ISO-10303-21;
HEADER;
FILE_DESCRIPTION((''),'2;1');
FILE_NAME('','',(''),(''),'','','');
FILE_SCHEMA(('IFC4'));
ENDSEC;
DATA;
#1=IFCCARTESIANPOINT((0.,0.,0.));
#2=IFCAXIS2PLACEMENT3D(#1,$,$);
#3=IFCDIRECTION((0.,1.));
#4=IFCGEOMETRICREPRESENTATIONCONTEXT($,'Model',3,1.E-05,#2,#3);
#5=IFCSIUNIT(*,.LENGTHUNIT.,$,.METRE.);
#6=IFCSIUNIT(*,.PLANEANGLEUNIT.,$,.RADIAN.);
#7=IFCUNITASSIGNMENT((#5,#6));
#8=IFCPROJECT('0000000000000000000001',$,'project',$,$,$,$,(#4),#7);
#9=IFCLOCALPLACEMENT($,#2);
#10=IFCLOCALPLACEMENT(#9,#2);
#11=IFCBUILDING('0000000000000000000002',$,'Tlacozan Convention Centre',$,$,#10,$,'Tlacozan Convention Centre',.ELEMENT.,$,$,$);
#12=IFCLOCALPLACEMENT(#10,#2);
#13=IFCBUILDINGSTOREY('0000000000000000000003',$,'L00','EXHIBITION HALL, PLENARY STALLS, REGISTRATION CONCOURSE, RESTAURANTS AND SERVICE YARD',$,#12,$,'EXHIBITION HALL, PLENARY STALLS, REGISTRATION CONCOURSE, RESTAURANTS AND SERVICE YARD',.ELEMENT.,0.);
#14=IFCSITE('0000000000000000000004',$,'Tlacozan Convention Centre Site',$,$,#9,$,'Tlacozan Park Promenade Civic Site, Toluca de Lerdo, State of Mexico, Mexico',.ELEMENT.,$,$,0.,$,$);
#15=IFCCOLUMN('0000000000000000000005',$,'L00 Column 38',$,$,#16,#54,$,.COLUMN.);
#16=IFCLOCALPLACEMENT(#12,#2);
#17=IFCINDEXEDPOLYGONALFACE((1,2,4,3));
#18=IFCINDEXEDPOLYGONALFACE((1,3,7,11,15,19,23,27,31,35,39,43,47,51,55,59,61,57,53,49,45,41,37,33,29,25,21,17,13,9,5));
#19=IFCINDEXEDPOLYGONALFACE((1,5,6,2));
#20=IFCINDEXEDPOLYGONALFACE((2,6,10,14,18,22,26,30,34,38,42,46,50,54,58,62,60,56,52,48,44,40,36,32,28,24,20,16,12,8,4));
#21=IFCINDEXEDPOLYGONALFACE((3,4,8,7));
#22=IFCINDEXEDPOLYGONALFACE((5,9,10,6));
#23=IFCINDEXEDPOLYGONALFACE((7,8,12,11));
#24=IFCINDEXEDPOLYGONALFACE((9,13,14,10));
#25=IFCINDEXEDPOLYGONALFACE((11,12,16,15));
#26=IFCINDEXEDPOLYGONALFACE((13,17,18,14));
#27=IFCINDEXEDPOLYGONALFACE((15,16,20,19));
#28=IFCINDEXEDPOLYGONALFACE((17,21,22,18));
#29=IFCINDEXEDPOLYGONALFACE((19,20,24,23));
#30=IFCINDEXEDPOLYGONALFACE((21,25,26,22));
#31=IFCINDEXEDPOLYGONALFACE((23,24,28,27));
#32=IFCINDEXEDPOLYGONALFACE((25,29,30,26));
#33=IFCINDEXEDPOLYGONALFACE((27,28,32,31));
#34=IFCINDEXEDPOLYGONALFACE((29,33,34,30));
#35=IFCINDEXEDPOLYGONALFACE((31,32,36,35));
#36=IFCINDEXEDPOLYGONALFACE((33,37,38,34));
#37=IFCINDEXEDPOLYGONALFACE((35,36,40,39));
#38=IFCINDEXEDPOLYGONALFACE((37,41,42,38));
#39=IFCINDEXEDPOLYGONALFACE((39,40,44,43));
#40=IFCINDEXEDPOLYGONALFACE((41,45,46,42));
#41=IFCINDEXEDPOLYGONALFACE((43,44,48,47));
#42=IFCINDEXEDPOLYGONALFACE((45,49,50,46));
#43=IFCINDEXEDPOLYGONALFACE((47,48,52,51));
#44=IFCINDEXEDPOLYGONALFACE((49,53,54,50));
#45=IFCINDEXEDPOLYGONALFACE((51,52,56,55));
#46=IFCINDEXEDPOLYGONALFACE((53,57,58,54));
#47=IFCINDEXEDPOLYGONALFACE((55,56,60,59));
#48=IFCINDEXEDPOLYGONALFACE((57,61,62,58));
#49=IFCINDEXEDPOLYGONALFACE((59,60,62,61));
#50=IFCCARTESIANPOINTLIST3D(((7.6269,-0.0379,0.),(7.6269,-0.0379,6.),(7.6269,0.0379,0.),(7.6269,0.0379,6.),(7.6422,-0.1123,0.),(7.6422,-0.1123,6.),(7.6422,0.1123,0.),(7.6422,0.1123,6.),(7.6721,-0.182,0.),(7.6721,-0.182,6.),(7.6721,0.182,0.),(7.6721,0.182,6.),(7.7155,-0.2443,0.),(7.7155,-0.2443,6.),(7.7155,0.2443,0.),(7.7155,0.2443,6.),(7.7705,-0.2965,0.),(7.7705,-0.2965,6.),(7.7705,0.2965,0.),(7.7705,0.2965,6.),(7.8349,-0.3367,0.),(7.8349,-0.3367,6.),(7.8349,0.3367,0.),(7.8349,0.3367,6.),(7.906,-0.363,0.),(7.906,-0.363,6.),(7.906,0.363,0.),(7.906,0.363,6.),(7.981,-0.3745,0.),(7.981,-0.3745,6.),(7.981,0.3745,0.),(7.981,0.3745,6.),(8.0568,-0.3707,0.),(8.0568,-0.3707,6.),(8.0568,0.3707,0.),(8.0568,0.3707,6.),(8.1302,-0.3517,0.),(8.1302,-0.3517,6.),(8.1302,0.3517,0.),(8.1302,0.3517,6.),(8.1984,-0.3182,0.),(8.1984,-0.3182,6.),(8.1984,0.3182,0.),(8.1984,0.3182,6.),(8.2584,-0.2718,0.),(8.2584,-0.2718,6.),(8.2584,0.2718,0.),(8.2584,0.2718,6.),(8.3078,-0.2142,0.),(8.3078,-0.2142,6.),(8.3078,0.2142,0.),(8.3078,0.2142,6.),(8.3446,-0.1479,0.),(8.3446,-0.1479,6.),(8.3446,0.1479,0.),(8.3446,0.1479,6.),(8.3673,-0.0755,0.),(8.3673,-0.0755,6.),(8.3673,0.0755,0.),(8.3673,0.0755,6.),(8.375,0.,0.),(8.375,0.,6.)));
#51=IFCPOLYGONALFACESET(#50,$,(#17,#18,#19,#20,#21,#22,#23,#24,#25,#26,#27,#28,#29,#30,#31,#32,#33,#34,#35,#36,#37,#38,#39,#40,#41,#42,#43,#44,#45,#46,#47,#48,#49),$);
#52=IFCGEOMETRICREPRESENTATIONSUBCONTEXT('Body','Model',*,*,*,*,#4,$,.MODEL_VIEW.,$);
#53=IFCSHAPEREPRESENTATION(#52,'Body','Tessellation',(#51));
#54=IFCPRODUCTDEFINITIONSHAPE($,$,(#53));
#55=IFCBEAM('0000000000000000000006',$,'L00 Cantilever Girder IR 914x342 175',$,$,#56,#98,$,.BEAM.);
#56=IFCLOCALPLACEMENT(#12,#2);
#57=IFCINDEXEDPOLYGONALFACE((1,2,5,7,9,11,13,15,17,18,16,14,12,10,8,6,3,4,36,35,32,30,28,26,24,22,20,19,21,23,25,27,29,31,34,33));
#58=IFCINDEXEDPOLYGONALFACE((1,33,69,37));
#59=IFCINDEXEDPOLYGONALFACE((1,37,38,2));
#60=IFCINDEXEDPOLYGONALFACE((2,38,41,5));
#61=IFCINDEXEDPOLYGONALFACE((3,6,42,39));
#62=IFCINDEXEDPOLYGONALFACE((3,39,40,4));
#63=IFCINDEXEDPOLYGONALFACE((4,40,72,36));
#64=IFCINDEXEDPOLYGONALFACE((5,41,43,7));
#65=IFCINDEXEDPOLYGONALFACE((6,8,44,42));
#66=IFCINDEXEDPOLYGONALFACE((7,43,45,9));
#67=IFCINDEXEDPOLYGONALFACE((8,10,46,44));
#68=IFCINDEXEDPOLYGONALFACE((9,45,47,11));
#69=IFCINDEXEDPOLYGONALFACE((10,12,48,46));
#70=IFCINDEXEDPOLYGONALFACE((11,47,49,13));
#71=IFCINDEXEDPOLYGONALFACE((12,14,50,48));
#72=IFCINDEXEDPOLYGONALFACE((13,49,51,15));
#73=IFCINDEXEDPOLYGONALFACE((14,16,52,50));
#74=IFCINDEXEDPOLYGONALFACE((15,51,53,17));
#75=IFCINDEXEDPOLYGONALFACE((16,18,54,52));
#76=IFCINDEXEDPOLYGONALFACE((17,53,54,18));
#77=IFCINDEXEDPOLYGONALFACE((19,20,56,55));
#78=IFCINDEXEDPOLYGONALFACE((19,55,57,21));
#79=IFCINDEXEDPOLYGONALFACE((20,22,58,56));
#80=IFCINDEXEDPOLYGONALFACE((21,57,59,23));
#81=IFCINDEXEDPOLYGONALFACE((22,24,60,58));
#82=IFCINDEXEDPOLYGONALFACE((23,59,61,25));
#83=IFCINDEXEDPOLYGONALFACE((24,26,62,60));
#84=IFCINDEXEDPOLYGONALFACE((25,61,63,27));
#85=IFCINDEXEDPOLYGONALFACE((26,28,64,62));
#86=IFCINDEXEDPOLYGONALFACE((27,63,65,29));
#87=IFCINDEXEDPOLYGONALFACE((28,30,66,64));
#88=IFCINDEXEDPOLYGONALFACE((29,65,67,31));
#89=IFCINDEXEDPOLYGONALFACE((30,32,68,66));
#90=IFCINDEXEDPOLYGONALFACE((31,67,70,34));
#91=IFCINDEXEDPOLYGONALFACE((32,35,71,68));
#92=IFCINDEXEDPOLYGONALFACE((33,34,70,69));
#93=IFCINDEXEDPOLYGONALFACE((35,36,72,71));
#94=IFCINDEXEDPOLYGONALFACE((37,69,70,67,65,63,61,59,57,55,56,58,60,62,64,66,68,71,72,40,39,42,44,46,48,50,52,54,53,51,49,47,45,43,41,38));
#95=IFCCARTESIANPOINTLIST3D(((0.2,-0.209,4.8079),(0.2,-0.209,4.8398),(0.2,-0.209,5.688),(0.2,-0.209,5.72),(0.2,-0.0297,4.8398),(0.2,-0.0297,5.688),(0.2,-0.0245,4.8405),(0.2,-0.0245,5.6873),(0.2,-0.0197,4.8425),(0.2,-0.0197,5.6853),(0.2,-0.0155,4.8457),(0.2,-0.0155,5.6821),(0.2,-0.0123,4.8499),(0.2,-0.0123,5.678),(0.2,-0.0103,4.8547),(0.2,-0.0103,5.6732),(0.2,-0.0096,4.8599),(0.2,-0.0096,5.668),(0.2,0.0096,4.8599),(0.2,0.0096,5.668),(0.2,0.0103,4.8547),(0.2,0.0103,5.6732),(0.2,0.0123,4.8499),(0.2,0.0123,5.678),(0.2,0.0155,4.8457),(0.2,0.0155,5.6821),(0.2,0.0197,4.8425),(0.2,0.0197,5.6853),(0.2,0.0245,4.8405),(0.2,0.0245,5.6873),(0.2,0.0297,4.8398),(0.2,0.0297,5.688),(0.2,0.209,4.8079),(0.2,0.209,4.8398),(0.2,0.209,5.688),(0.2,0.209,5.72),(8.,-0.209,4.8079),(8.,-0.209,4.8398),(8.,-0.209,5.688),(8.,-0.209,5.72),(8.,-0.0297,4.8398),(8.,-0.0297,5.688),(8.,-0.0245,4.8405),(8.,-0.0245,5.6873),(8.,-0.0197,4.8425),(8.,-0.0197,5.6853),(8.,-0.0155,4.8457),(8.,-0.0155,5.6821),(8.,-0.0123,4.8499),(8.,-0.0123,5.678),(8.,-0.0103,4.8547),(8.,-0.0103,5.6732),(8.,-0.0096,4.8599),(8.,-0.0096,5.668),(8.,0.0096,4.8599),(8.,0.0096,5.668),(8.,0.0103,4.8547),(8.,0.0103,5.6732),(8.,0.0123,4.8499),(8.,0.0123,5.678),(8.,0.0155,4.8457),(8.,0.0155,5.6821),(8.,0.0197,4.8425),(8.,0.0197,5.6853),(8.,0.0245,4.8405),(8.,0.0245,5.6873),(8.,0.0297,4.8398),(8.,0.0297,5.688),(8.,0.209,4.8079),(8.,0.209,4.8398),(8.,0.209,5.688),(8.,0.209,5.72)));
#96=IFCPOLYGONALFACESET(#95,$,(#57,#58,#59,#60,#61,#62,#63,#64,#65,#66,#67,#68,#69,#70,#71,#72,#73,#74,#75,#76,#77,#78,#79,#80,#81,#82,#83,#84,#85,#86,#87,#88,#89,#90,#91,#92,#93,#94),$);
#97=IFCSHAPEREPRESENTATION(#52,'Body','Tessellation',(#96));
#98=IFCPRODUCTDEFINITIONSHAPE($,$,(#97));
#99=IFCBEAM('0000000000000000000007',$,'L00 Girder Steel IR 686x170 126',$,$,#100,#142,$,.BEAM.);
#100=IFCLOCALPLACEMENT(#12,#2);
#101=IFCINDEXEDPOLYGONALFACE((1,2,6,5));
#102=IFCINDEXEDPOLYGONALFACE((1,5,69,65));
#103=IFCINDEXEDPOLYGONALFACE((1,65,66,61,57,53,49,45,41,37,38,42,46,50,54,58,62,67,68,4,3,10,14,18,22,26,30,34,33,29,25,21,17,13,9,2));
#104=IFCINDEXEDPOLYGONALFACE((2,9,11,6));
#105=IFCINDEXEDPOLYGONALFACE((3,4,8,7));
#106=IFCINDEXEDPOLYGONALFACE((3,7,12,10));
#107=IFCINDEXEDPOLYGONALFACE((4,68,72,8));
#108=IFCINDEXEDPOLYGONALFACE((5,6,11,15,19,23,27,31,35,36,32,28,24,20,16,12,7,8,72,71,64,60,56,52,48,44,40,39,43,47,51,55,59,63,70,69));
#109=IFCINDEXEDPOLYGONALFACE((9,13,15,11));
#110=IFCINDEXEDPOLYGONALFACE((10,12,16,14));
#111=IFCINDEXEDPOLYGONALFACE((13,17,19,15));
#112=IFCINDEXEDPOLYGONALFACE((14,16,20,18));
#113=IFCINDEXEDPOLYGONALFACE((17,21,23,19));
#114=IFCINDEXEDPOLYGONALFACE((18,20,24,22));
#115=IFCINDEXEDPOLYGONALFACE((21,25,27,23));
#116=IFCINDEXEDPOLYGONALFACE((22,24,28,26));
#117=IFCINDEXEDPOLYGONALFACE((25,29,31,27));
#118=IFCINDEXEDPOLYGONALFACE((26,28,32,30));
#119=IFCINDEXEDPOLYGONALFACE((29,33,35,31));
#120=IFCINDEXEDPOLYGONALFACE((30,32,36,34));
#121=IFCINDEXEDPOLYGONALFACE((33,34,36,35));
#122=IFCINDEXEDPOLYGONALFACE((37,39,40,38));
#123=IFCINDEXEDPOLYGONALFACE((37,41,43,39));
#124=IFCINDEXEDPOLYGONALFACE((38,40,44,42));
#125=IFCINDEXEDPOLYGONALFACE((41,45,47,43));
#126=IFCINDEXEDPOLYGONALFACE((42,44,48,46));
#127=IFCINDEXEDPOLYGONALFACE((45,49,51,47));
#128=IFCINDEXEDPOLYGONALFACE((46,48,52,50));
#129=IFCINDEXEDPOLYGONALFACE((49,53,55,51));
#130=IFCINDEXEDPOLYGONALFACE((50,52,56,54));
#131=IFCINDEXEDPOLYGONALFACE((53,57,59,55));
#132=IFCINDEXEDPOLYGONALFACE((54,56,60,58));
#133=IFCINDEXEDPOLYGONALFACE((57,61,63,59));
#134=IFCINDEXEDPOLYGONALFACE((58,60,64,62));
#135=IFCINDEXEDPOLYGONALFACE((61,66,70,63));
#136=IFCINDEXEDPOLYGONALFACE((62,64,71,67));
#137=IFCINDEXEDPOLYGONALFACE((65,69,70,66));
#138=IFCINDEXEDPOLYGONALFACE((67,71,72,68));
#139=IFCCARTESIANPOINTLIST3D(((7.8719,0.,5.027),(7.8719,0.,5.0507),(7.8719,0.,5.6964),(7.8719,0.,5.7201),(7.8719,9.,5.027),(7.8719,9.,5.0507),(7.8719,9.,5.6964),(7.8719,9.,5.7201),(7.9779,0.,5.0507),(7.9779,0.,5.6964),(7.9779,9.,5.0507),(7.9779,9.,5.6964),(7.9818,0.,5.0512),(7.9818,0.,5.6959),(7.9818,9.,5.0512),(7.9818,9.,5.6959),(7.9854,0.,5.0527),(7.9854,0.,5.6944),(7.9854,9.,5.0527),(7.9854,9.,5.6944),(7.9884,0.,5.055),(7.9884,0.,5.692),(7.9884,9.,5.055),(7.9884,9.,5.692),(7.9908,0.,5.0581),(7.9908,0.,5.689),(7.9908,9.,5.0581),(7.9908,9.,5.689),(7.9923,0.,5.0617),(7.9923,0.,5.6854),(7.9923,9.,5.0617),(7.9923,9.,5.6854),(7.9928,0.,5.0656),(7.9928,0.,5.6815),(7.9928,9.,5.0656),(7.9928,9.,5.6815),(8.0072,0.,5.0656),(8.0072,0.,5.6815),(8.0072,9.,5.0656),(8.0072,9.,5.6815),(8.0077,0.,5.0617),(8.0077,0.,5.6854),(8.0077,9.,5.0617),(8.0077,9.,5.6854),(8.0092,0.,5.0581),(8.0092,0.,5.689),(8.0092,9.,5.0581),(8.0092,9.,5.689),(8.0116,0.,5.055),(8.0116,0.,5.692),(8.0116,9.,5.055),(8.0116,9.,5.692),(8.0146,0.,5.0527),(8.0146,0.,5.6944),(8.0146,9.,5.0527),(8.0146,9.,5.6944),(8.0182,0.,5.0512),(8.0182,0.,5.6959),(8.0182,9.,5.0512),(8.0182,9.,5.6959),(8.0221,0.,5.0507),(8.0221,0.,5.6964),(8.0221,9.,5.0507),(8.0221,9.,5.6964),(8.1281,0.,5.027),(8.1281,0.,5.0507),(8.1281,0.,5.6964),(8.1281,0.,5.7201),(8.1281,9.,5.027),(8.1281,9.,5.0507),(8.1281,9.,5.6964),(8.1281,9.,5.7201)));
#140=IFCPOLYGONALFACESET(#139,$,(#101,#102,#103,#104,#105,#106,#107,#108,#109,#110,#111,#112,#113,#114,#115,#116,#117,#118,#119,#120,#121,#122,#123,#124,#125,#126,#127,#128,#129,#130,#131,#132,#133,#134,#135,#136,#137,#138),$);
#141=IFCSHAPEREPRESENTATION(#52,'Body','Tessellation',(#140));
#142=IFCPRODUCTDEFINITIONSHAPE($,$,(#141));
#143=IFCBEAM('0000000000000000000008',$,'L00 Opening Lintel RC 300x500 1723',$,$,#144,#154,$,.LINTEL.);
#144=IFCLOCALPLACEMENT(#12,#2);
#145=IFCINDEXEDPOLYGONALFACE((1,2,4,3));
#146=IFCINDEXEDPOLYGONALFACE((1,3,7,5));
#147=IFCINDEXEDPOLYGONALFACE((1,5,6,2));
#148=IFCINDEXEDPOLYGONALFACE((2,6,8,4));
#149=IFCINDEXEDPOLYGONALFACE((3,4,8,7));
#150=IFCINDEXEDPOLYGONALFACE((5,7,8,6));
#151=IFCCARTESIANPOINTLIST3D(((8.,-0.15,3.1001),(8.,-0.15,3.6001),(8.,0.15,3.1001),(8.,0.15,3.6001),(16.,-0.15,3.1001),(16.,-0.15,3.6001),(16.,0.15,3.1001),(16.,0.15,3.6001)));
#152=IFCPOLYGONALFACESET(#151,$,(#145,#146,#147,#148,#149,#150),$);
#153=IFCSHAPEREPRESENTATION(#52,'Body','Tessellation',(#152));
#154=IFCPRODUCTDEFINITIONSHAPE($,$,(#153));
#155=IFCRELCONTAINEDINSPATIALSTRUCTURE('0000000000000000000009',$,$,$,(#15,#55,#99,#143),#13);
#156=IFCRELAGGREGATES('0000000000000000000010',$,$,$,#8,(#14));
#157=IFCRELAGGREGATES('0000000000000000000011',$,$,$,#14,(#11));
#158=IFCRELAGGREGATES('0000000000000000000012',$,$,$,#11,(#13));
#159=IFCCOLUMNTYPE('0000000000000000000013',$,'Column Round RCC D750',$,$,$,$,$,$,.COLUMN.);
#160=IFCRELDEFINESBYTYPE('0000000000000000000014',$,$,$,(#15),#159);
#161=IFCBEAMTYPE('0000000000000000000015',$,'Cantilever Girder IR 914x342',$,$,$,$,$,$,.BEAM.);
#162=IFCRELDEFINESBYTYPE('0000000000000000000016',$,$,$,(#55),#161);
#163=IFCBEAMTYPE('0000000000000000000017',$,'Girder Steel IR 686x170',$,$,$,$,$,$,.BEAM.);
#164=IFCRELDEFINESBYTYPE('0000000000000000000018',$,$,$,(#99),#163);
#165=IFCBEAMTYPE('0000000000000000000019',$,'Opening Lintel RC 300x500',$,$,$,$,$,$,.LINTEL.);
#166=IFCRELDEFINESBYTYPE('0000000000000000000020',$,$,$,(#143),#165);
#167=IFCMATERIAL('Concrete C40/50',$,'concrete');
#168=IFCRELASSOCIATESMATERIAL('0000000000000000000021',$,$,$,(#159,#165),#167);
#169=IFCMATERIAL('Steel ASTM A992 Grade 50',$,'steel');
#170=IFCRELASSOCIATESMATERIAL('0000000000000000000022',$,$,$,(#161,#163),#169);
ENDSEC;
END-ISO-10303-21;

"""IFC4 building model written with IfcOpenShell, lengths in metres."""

from ifc_helpers import new_model, si_unit, direction, frame, origin, origin_2d, place, context, subcontext, project, spatial, rectangle, circle, i_section, extrude, material, material_profile, profile_set, type_object, element, save


model = new_model("IFC4")

# Units and contexts
model_context = context("Model", 3, precision=1e-05, world=origin(), true_north=direction((0.0, 1.0)))
body_context = subcontext(model_context, "Body", "Model", "MODEL_VIEW")
ifc_project = project(units=[si_unit("LENGTHUNIT", "METRE"), si_unit("PLANEANGLEUNIT", "RADIAN")], contexts=[model_context])

# Site, building, storey
site_placement = place(None, origin())
site = spatial("IfcSite", under=ifc_project, at=site_placement, Name="Tlacozan Convention Centre Site", LongName="Tlacozan Park Promenade Civic Site, Toluca de Lerdo, State of Mexico, Mexico", CompositionType="ELEMENT", RefElevation=0.0)
building_placement = place(site_placement, origin())
building = spatial("IfcBuilding", under=site, at=building_placement, Name="Tlacozan Convention Centre", LongName="Tlacozan Convention Centre", CompositionType="ELEMENT")
storey_placement = place(building_placement, origin())
storey = spatial("IfcBuildingStorey", under=building, at=storey_placement, Name="L00", Description="EXHIBITION HALL, PLENARY STALLS, REGISTRATION CONCOURSE, RESTAURANTS AND SERVICE YARD", LongName="EXHIBITION HALL, PLENARY STALLS, REGISTRATION CONCOURSE, RESTAURANTS AND SERVICE YARD", CompositionType="ELEMENT", Elevation=0.0)

# Column
ifc_material_1 = material(Name="Concrete C40/50", Category="concrete")
ifc_material_profile_1 = material_profile(ifc_material_1, circle(Radius=0.375, at=origin_2d()), Name="RCC D750")
ifc_profile_set_1 = profile_set([ifc_material_profile_1], Name="Concrete C40/50")
column_type = type_object("IfcColumnType", Name="Column Round RCC D750", PredefinedType="COLUMN", material=ifc_profile_set_1)
column_placement = place(storey_placement, frame((8.0, 0.0, 0.0), z_axis=(0.0, 0.0, 1.0), x_axis=(1.0, 0.0, 0.0)))
element("IfcColumn", 1, at=column_placement, inside=storey, type_object=column_type, Name="L00 Column 38", PredefinedType="COLUMN", context=body_context, shape_type="SweptSolid", body=[
    extrude(circle(Radius=0.375, at=origin_2d()), origin(), (0.0, 0.0, 1.0), 6.0),
])

# Beams
ifc_material_2 = material(Name="Steel ASTM A992 Grade 50", Category="steel")
ifc_material_profile_2 = material_profile(ifc_material_2, i_section(OverallWidth=0.418, OverallDepth=0.9121, WebThickness=0.0193, FlangeThickness=0.032, FilletRadius=0.02, at=origin_2d()), Name="IR 914x342.0")
ifc_profile_set_2 = profile_set([ifc_material_profile_2], Name="Steel ASTM A992 Grade 50")
beam_type_1 = type_object("IfcBeamType", Name="Cantilever Girder IR 914x342", PredefinedType="BEAM", material=ifc_profile_set_2)
beam_1_placement = place(storey_placement, frame((8.0, 0.0, 5.2639), z_axis=(-1.0, 0.0, 0.0), x_axis=(0.0, -1.0, 0.0)))
element("IfcBeam", 2, at=beam_1_placement, inside=storey, type_object=beam_type_1, Name="L00 Cantilever Girder IR 914x342 175", PredefinedType="BEAM", context=body_context, shape_type="SweptSolid", body=[
    extrude(i_section(OverallWidth=0.418, OverallDepth=0.9121, WebThickness=0.0193, FlangeThickness=0.032, FilletRadius=0.02, at=origin_2d()), origin(), (0.0, 0.0, 1.0), 7.8),
])
ifc_material_profile_3 = material_profile(ifc_material_2, i_section(OverallWidth=0.2561, OverallDepth=0.6931, WebThickness=0.0144, FlangeThickness=0.0237, FilletRadius=0.0149, at=origin_2d()), Name="IR 686x170.0")
ifc_profile_set_3 = profile_set([ifc_material_profile_3], Name="Steel ASTM A992 Grade 50")
beam_type_2 = type_object("IfcBeamType", Name="Girder Steel IR 686x170", PredefinedType="BEAM", material=ifc_profile_set_3)
beam_2_placement = place(storey_placement, frame((8.0, 0.0, 5.3735), z_axis=(0.0, 1.0, 0.0), x_axis=(-1.0, 0.0, 0.0)))
element("IfcBeam", 3, at=beam_2_placement, inside=storey, type_object=beam_type_2, Name="L00 Girder Steel IR 686x170 126", PredefinedType="BEAM", context=body_context, shape_type="SweptSolid", body=[
    extrude(i_section(OverallWidth=0.2561, OverallDepth=0.6931, WebThickness=0.0144, FlangeThickness=0.0237, FilletRadius=0.0149, at=origin_2d()), origin(), (0.0, 0.0, 1.0), 9.0),
])
ifc_material_profile_4 = material_profile(ifc_material_1, rectangle(XDim=0.3, YDim=0.5, at=origin_2d()), Name="RC 300x500")
ifc_profile_set_4 = profile_set([ifc_material_profile_4], Name="Concrete C40/50")
beam_type_3 = type_object("IfcBeamType", Name="Opening Lintel RC 300x500", PredefinedType="LINTEL", material=ifc_profile_set_4)
beam_3_placement = place(storey_placement, frame((8.0, 0.0, 3.3501), z_axis=(1.0, 0.0, 0.0), x_axis=(0.0, 1.0, 0.0)))
element("IfcBeam", 4, at=beam_3_placement, inside=storey, type_object=beam_type_3, Name="L00 Opening Lintel RC 300x500 1723", PredefinedType="LINTEL", context=body_context, shape_type="SweptSolid", body=[
    extrude(rectangle(XDim=0.3, YDim=0.5, at=origin_2d()), origin(), (0.0, 0.0, 1.0), 8.0),
])

save(model, "model.ifc")
